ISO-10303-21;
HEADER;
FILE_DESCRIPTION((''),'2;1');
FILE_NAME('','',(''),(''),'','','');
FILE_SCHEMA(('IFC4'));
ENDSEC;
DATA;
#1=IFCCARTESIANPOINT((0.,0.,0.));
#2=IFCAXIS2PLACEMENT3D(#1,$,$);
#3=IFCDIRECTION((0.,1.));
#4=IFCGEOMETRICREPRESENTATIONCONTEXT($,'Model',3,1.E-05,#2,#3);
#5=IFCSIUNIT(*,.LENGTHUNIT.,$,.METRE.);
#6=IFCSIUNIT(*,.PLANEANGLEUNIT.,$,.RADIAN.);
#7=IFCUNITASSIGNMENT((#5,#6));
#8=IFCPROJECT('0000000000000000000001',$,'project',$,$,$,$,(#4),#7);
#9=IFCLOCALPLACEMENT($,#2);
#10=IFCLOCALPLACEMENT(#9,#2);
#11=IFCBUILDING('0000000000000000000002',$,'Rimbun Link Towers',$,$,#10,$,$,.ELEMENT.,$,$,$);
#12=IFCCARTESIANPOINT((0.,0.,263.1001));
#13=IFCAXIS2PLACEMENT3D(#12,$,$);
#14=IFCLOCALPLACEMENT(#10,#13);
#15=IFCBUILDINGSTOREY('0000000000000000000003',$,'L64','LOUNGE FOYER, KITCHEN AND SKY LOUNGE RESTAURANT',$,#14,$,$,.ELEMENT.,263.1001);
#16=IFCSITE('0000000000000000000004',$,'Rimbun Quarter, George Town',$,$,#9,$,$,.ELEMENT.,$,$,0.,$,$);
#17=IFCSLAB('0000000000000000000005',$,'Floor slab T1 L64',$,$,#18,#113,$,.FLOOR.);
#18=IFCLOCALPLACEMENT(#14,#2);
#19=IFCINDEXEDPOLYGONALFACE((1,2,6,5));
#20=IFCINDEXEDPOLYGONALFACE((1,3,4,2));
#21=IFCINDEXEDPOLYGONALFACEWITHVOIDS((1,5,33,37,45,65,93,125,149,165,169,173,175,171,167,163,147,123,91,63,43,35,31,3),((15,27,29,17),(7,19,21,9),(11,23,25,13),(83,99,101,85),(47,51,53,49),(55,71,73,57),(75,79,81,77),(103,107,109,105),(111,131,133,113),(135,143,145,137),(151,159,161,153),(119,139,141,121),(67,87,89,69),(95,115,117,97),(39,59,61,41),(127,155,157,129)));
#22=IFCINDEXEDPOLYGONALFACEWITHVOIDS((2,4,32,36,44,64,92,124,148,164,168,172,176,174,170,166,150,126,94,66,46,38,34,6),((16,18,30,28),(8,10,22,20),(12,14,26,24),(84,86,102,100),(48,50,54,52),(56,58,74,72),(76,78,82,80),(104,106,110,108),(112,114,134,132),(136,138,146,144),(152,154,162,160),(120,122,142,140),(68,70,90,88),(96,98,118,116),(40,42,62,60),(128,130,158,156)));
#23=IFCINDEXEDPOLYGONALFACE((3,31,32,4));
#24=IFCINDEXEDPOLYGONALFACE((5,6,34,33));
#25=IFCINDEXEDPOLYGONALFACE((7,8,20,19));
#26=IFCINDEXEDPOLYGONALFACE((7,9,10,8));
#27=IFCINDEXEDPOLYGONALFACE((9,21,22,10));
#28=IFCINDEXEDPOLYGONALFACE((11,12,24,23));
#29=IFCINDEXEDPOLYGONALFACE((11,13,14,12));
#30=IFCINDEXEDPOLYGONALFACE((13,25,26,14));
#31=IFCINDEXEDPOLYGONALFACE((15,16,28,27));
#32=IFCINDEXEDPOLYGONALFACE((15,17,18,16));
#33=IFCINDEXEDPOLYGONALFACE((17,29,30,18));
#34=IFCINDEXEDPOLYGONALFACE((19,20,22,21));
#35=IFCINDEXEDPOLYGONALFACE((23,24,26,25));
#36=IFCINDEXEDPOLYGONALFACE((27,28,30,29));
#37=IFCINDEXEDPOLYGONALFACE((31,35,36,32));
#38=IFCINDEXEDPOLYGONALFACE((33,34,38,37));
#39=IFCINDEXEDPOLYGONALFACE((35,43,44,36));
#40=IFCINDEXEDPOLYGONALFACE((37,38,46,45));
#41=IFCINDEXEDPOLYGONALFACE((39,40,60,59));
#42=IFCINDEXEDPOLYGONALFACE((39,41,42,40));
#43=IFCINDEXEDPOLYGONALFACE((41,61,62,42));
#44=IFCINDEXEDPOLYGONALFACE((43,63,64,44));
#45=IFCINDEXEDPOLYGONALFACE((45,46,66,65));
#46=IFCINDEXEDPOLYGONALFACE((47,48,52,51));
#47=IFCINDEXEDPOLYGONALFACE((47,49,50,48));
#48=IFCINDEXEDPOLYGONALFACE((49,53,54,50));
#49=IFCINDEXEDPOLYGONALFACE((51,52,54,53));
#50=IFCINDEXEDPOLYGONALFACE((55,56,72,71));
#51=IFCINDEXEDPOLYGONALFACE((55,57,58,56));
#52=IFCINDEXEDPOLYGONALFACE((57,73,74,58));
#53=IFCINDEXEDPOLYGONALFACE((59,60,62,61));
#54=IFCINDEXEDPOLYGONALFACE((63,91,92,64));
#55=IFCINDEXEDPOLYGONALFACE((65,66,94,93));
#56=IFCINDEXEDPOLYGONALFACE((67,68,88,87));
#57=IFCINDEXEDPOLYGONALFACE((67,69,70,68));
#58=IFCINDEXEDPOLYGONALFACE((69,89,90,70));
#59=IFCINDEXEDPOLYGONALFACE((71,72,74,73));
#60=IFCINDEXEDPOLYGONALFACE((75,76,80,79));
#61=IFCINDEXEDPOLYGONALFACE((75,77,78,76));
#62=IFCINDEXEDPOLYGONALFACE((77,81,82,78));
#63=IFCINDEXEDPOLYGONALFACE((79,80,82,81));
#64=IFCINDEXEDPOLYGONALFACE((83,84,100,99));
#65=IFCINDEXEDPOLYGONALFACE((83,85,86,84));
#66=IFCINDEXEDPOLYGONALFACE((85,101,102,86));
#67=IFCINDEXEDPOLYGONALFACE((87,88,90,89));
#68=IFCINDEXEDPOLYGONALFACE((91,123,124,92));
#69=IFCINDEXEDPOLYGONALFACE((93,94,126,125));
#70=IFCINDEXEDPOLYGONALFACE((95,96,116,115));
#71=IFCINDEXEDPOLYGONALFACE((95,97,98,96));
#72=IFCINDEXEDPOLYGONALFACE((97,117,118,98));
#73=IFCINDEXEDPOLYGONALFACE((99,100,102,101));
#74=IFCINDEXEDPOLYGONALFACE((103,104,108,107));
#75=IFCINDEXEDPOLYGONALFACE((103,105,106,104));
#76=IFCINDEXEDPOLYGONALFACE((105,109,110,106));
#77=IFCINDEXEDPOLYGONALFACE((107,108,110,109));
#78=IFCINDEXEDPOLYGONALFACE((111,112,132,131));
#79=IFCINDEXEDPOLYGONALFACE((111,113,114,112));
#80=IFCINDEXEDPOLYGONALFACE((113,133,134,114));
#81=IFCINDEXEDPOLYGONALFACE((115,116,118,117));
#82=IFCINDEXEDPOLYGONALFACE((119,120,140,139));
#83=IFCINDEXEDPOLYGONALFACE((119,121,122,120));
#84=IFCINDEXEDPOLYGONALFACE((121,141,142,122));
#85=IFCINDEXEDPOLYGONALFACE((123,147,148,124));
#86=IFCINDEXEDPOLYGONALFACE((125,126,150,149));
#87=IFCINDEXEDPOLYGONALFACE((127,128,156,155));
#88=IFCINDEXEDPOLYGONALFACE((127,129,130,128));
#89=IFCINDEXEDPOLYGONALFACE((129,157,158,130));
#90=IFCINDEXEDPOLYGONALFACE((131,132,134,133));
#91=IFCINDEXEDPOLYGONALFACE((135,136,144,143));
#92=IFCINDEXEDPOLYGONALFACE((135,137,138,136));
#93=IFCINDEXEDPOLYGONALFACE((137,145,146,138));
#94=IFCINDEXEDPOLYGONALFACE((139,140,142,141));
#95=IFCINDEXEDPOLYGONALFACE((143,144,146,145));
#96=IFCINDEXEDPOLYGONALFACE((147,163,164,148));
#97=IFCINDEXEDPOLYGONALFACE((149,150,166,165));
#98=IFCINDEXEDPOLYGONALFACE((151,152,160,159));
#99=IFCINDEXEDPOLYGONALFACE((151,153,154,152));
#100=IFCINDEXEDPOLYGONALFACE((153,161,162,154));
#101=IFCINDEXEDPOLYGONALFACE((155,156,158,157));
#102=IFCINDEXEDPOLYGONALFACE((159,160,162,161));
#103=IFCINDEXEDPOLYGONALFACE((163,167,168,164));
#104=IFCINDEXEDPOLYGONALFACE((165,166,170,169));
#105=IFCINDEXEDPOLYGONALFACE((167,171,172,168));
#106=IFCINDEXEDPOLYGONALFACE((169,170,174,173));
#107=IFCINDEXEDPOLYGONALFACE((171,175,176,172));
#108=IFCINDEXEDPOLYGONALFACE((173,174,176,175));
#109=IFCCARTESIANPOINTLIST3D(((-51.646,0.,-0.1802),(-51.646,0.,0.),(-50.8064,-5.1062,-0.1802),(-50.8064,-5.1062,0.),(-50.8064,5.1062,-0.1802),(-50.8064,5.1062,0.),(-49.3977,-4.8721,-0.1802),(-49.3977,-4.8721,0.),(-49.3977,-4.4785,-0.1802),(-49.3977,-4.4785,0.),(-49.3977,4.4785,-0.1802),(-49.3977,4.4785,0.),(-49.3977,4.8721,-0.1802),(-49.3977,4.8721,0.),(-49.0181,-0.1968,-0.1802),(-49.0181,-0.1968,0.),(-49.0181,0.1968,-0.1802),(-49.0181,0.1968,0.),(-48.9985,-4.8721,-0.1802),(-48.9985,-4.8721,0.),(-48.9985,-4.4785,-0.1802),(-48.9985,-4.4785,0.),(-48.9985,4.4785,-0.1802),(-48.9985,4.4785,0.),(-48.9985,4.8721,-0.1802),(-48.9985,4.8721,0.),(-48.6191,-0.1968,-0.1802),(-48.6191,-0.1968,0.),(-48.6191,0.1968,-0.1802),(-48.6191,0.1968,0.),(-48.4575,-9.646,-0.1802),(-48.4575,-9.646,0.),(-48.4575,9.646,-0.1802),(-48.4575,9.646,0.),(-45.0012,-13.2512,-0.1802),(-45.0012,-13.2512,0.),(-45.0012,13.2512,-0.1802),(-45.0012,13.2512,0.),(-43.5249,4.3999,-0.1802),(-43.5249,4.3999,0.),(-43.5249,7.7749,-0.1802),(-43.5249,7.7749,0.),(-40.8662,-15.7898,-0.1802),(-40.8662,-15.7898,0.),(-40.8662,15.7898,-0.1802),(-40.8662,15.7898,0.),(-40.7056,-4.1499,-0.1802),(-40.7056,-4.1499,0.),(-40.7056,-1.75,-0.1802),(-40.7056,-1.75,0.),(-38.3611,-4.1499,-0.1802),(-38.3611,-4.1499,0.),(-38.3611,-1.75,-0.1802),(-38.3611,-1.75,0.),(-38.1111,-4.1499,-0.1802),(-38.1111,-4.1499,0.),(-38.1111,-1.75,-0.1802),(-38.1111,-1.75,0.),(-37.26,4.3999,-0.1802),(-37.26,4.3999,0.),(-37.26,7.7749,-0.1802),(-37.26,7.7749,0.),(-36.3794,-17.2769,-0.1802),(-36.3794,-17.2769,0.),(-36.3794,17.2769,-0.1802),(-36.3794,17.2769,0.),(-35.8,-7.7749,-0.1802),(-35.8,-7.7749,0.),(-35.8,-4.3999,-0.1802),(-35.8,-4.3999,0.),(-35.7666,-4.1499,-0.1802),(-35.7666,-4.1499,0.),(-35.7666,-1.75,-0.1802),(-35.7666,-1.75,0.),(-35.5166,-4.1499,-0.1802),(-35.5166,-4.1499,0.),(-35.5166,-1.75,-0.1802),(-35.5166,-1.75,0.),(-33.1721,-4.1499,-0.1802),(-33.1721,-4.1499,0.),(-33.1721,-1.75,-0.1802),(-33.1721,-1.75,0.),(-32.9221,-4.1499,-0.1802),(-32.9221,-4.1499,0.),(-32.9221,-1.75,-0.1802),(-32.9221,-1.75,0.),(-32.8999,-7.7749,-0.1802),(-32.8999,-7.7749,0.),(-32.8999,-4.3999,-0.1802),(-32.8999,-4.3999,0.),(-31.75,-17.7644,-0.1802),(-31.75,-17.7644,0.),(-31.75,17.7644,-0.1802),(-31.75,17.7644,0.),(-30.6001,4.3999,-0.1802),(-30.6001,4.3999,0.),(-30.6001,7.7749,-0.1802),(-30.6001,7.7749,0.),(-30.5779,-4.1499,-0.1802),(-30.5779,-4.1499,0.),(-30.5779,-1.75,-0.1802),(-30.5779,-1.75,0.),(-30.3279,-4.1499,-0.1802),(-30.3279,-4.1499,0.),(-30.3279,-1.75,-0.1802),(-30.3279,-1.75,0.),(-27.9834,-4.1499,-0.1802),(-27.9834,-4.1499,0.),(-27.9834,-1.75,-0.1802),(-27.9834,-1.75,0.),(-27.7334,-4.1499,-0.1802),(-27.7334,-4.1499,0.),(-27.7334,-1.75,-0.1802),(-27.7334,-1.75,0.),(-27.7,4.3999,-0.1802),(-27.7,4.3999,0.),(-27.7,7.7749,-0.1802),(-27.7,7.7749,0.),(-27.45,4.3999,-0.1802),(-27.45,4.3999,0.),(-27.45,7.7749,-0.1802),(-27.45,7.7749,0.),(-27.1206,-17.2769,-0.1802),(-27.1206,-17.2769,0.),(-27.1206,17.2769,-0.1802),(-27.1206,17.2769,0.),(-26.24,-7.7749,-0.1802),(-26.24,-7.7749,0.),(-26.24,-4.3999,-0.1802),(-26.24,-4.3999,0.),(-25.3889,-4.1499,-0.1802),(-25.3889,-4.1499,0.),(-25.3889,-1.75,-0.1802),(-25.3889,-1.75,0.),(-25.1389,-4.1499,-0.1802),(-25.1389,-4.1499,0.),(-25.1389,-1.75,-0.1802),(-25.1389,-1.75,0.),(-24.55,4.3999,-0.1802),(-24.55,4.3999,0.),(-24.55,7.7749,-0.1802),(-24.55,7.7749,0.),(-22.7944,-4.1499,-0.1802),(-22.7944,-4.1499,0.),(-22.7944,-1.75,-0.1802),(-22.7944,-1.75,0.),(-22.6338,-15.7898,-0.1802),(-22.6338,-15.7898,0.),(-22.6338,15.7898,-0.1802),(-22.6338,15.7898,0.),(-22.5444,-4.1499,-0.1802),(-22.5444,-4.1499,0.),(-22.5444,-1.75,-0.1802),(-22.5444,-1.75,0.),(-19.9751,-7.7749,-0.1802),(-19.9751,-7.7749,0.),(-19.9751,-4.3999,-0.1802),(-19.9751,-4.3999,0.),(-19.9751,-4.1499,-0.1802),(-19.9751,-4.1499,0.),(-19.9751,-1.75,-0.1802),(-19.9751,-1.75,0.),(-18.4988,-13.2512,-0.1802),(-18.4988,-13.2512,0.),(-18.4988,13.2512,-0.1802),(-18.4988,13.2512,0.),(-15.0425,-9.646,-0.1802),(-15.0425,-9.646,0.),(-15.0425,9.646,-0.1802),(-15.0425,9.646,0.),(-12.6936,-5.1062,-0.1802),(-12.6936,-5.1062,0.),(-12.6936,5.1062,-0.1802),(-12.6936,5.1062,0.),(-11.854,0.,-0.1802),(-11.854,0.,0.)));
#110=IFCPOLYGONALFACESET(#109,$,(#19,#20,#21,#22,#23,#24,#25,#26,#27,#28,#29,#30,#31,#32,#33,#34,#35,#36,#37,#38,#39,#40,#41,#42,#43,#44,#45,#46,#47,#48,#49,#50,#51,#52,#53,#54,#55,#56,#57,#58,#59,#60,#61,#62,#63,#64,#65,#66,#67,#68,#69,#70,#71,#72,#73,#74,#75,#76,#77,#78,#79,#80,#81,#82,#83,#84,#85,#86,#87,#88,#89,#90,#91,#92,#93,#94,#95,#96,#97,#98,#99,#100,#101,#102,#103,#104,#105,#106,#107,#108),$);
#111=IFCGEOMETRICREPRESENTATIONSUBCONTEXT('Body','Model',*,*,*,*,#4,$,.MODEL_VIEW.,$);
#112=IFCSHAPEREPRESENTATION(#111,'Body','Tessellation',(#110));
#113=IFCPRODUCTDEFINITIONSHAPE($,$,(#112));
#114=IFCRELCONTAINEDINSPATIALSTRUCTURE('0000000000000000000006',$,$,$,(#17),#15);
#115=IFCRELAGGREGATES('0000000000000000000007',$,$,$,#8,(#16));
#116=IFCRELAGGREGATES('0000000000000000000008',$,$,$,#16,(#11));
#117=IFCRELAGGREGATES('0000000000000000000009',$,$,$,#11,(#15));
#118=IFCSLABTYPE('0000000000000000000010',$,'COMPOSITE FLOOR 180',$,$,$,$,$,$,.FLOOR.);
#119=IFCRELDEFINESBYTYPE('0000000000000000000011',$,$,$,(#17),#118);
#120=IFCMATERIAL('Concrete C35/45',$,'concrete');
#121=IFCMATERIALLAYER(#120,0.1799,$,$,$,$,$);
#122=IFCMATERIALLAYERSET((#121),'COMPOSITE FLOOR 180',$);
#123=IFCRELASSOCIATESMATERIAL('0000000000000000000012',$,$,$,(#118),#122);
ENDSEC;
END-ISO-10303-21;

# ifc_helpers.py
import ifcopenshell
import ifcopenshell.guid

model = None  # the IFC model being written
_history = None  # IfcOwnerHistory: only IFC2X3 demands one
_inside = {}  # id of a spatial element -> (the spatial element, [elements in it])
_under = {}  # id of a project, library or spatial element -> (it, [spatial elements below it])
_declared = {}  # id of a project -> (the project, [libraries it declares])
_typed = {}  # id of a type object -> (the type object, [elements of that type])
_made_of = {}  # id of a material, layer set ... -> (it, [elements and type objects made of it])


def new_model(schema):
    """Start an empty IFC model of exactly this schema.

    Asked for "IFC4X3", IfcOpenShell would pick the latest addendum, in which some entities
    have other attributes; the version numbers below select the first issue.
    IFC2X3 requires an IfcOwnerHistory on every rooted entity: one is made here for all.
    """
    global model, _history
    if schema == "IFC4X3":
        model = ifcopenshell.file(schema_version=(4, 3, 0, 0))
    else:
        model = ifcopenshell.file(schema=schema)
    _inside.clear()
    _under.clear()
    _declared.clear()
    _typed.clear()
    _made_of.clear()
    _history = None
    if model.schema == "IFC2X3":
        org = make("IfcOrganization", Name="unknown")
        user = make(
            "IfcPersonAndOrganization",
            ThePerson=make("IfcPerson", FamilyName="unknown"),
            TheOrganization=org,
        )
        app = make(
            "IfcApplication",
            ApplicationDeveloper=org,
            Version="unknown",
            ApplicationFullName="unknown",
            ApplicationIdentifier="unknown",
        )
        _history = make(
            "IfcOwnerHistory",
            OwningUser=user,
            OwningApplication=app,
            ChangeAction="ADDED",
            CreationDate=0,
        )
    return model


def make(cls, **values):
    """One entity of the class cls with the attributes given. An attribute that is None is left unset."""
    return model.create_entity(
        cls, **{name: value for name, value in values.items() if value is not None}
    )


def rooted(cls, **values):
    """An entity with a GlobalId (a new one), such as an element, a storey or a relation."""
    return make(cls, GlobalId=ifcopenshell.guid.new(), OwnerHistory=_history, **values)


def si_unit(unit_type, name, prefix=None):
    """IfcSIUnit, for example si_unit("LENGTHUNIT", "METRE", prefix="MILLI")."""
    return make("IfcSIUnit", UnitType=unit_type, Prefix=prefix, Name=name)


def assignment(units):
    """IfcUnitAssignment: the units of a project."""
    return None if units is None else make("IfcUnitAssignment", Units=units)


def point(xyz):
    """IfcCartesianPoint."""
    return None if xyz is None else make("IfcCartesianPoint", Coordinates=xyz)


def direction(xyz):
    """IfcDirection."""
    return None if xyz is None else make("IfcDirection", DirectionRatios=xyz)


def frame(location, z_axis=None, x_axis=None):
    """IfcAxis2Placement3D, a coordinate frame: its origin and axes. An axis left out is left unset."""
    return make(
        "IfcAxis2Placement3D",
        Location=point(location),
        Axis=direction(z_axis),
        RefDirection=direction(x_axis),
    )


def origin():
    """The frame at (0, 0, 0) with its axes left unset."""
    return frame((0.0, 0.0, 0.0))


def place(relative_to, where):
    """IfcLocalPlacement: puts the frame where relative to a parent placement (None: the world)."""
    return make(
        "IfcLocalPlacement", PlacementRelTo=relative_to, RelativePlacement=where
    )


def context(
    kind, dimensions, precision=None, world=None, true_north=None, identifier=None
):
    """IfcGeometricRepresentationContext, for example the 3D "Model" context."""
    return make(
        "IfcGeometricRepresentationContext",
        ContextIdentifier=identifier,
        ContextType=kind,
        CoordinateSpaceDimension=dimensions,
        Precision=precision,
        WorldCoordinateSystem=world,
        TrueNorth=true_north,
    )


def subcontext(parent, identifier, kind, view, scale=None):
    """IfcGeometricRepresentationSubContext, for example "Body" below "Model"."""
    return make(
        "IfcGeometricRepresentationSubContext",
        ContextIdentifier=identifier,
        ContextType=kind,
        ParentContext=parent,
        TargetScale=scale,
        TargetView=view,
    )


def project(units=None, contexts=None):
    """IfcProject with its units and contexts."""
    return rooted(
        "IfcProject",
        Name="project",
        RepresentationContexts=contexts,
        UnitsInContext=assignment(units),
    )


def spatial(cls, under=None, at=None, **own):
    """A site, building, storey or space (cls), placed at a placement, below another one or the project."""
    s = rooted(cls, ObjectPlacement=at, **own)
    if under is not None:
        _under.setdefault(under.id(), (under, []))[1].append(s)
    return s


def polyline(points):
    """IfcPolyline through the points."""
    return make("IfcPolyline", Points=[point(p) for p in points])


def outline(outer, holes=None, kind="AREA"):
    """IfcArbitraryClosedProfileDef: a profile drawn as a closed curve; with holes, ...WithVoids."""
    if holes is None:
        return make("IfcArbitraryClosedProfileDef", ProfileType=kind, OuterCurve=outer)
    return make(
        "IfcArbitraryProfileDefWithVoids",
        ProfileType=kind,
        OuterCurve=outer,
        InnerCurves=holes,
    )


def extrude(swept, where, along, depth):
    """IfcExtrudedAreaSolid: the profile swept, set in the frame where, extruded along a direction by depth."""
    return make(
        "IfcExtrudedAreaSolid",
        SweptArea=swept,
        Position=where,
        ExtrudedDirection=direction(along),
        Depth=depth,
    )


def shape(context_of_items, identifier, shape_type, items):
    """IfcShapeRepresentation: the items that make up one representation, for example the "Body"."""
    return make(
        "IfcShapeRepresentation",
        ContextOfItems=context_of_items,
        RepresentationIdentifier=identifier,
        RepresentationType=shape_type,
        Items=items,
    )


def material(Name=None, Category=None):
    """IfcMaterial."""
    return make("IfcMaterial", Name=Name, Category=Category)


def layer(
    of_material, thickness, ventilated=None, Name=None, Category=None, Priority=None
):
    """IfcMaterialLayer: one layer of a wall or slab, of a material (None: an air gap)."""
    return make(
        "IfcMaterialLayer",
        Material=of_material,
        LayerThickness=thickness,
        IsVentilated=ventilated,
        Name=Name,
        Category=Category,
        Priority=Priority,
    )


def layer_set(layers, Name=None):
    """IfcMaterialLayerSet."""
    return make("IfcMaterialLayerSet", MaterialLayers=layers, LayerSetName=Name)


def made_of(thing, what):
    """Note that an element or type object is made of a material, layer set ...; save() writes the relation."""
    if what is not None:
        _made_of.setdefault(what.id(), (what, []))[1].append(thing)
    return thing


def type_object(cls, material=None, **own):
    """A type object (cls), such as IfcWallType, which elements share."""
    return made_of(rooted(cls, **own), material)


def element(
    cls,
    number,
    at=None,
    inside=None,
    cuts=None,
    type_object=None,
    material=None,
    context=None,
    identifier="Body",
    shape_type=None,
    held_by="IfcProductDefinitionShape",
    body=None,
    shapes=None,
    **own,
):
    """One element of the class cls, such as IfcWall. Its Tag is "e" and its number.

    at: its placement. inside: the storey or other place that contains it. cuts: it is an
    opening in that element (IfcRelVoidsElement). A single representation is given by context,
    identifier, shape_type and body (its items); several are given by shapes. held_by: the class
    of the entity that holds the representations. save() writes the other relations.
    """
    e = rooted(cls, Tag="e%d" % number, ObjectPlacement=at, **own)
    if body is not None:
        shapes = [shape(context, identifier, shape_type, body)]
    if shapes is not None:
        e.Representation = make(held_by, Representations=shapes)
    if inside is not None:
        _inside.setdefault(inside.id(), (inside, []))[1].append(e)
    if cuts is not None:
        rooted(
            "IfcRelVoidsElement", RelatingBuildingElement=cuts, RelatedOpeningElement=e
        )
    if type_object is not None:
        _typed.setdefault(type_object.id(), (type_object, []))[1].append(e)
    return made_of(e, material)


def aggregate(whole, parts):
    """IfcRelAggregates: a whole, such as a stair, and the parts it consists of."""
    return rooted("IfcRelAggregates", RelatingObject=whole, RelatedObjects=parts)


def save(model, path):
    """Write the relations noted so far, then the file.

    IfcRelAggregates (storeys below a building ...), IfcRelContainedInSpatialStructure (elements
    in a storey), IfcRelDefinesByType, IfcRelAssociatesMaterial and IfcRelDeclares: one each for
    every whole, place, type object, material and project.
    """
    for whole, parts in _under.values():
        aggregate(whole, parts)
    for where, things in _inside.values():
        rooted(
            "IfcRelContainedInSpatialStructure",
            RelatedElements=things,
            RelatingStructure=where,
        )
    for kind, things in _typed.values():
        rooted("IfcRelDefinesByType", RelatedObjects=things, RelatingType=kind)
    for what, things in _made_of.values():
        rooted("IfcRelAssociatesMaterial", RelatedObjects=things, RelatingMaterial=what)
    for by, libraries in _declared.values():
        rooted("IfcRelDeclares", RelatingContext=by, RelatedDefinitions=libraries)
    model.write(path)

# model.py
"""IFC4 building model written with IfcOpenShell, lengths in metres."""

from ifc_helpers import new_model, si_unit, direction, frame, origin, place, context, subcontext, project, spatial, polyline, outline, extrude, material, layer, layer_set, type_object, element, save


model = new_model("IFC4")

# Units and contexts
model_context = context("Model", 3, precision=1e-05, world=origin(), true_north=direction((0.0, 1.0)))
body_context = subcontext(model_context, "Body", "Model", "MODEL_VIEW")
ifc_project = project(units=[si_unit("LENGTHUNIT", "METRE"), si_unit("PLANEANGLEUNIT", "RADIAN")], contexts=[model_context])

# Site, building, storey
site_placement = place(None, origin())
site = spatial("IfcSite", under=ifc_project, at=site_placement, Name="Rimbun Quarter, George Town", CompositionType="ELEMENT", RefElevation=0.0)
building_placement = place(site_placement, origin())
building = spatial("IfcBuilding", under=site, at=building_placement, Name="Rimbun Link Towers", CompositionType="ELEMENT")
storey_placement = place(building_placement, frame((0.0, 0.0, 263.1001)))
storey = spatial("IfcBuildingStorey", under=building, at=storey_placement, Name="L64", Description="LOUNGE FOYER, KITCHEN AND SKY LOUNGE RESTAURANT", CompositionType="ELEMENT", Elevation=263.1001)

# Slab
ifc_material_1 = material(Name="Concrete C35/45", Category="concrete")
ifc_layer_1 = layer(ifc_material_1, 0.1799)
ifc_layer_set_1 = layer_set([ifc_layer_1], Name="COMPOSITE FLOOR 180")
slab_type = type_object("IfcSlabType", Name="COMPOSITE FLOOR 180", PredefinedType="FLOOR", material=ifc_layer_set_1)
slab_1_placement = place(storey_placement, frame((0.0, 0.0, -0.1802)))
element("IfcSlab", 1, at=slab_1_placement, inside=storey, type_object=slab_type, Name="Floor slab T1 L64", PredefinedType="FLOOR", context=body_context, shape_type="SweptSolid", body=[
    extrude(outline(polyline([(-12.6936, -5.1062), (-15.0425, -9.646), (-18.4988, -13.2512), (-22.6338, -15.7898), (-27.1206, -17.2769), (-31.75, -17.7644), (-36.3794, -17.2769), (-40.8662, -15.7898), (-45.0012, -13.2512), (-48.4575, -9.646), (-50.8064, -5.1062), (-51.646, 0.0), (-50.8064, 5.1062), (-48.4575, 9.646), (-45.0012, 13.2512), (-40.8662, 15.7898), (-36.3794, 17.2769), (-31.75, 17.7644), (-27.1206, 17.2769), (-22.6338, 15.7898), (-18.4988, 13.2512), (-15.0425, 9.646), (-12.6936, 5.1062), (-11.854, 0.0), (-12.6936, -5.1062)]), holes=[polyline([(-32.8999, -7.7749), (-32.8999, -4.3999), (-35.8, -4.3999), (-35.8, -7.7749), (-32.8999, -7.7749)]), polyline([(-48.9985, -4.8721), (-48.9985, -4.4785), (-49.3977, -4.4785), (-49.3977, -4.8721), (-48.9985, -4.8721)]), polyline([(-38.3611, -4.1499), (-38.3611, -1.75), (-40.7056, -1.75), (-40.7056, -4.1499), (-38.3611, -4.1499)]), polyline([(-35.7666, -4.1499), (-35.7666, -1.75), (-38.1111, -1.75), (-38.1111, -4.1499), (-35.7666, -4.1499)]), polyline([(-33.1721, -4.1499), (-33.1721, -1.75), (-35.5166, -1.75), (-35.5166, -4.1499), (-33.1721, -4.1499)]), polyline([(-48.6191, -0.1968), (-48.6191, 0.1968), (-49.0181, 0.1968), (-49.0181, -0.1968), (-48.6191, -0.1968)]), polyline([(-48.9985, 4.4785), (-48.9985, 4.8721), (-49.3977, 4.8721), (-49.3977, 4.4785), (-48.9985, 4.4785)]), polyline([(-37.26, 4.3999), (-37.26, 7.7749), (-43.5249, 7.7749), (-43.5249, 4.3999), (-37.26, 4.3999)]), polyline([(-19.9751, -7.7749), (-19.9751, -4.3999), (-26.24, -4.3999), (-26.24, -7.7749), (-19.9751, -7.7749)]), polyline([(-30.5779, -4.1499), (-30.5779, -1.75), (-32.9221, -1.75), (-32.9221, -4.1499), (-30.5779, -4.1499)]), polyline([(-27.9834, -4.1499), (-27.9834, -1.75), (-30.3279, -1.75), (-30.3279, -4.1499), (-27.9834, -4.1499)]), polyline([(-25.3889, -4.1499), (-25.3889, -1.75), (-27.7334, -1.75), (-27.7334, -4.1499), (-25.3889, -4.1499)]), polyline([(-22.7944, -4.1499), (-22.7944, -1.75), (-25.1389, -1.75), (-25.1389, -4.1499), (-22.7944, -4.1499)]), polyline([(-19.9751, -4.1499), (-19.9751, -1.75), (-22.5444, -1.75), (-22.5444, -4.1499), (-19.9751, -4.1499)]), polyline([(-27.7, 4.3999), (-27.7, 7.7749), (-30.6001, 7.7749), (-30.6001, 4.3999), (-27.7, 4.3999)]), polyline([(-24.55, 4.3999), (-24.55, 7.7749), (-27.45, 7.7749), (-27.45, 4.3999), (-24.55, 4.3999)])]), origin(), (0.0, 0.0, 1.0), 0.1802),
])

save(model, "model.ifc")
